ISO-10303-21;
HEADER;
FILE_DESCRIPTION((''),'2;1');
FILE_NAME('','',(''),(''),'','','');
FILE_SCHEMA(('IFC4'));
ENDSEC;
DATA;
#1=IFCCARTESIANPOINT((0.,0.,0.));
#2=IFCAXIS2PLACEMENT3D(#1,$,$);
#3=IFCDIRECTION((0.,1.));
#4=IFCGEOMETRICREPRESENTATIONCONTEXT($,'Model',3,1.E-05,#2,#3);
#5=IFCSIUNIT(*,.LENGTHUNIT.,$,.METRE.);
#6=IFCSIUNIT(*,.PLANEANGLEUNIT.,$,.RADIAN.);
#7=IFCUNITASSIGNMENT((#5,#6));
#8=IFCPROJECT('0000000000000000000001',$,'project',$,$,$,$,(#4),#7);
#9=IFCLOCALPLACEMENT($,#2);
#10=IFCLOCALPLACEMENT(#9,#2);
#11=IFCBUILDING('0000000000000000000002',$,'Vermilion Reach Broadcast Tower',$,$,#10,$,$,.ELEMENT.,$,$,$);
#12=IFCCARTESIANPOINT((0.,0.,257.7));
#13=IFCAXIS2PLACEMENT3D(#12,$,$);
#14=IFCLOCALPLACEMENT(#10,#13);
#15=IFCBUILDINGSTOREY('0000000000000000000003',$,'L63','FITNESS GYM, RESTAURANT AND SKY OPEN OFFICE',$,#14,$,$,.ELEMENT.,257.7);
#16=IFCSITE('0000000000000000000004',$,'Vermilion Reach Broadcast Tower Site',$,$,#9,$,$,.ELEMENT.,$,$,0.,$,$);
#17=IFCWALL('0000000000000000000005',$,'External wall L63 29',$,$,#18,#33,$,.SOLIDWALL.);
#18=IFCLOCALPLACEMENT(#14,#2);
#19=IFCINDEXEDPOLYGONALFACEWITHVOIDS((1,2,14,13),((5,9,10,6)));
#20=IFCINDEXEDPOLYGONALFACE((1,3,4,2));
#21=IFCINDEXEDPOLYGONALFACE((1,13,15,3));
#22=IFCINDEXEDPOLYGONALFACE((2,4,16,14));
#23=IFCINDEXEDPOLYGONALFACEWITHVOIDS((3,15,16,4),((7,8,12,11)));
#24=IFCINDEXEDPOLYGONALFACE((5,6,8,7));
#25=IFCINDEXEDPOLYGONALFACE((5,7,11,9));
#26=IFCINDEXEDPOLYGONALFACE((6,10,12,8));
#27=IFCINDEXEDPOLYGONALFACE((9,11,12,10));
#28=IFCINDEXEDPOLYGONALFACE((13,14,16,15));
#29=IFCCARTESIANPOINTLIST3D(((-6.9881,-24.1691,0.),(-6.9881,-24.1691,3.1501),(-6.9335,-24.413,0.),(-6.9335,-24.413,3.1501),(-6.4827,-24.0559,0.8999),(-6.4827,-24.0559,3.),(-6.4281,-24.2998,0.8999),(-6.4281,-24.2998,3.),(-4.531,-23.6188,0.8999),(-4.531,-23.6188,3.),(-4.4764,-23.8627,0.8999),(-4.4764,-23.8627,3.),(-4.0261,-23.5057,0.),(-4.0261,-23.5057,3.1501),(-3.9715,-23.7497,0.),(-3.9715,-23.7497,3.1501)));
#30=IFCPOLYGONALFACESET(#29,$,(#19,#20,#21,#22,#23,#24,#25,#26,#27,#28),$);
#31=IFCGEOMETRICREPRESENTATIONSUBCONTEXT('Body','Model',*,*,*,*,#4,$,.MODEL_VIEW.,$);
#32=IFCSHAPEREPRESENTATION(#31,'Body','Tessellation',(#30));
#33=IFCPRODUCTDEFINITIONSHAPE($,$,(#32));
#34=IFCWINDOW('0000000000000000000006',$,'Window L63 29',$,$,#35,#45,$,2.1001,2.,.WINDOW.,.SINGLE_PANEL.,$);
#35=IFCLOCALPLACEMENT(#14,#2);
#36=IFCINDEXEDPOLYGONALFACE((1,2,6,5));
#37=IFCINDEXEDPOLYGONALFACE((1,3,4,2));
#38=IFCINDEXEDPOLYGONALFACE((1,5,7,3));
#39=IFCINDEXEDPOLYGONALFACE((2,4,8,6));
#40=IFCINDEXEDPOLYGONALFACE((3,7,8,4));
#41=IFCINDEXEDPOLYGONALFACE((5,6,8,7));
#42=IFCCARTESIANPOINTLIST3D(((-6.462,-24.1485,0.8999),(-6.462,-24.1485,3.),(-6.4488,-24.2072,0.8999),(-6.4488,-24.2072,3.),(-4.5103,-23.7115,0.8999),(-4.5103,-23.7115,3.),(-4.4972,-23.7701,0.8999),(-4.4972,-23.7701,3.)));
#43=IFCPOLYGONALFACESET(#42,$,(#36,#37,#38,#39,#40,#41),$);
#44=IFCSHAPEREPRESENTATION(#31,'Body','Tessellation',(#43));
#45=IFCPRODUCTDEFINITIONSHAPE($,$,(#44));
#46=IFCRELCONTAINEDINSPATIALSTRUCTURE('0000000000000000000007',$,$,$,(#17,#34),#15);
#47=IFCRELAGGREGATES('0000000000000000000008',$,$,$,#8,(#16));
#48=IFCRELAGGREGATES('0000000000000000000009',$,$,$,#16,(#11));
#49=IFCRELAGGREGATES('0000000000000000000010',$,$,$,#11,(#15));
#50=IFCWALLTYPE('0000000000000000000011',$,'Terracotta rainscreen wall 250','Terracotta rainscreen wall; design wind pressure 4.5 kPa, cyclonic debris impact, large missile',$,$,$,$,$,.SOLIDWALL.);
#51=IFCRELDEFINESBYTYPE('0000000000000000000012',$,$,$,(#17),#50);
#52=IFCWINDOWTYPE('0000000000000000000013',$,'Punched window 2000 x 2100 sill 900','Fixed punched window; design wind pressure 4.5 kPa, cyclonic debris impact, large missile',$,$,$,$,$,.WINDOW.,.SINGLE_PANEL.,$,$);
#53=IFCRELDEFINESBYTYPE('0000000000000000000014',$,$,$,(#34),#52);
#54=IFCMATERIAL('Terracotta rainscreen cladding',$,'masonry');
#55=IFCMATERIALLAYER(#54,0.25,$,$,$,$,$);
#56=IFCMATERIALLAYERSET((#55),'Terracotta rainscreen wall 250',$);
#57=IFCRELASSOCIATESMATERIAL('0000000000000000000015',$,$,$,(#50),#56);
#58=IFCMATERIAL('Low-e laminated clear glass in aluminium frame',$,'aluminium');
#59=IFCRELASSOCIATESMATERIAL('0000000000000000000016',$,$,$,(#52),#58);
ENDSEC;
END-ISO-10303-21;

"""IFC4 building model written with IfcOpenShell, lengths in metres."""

from ifc_helpers import new_model, si_unit, direction, frame, frame_2d, origin, place, context, subcontext, project, spatial, rectangle, extrude, material, layer, layer_set, type_object, element, fill, save


model = new_model("IFC4")

# Units and contexts
model_context = context("Model", 3, precision=1e-05, world=origin(), true_north=direction((0.0, 1.0)))
body_context = subcontext(model_context, "Body", "Model", "MODEL_VIEW")
ifc_project = project(units=[si_unit("LENGTHUNIT", "METRE"), si_unit("PLANEANGLEUNIT", "RADIAN")], contexts=[model_context])

# Site, building, storey
site_placement = place(None, origin())
site = spatial("IfcSite", under=ifc_project, at=site_placement, Name="Vermilion Reach Broadcast Tower Site", CompositionType="ELEMENT", RefElevation=0.0)
building_placement = place(site_placement, origin())
building = spatial("IfcBuilding", under=site, at=building_placement, Name="Vermilion Reach Broadcast Tower", CompositionType="ELEMENT")
storey_placement = place(building_placement, frame((0.0, 0.0, 257.7)))
storey = spatial("IfcBuildingStorey", under=building, at=storey_placement, Name="L63", Description="FITNESS GYM, RESTAURANT AND SKY OPEN OFFICE", CompositionType="ELEMENT", Elevation=257.7)

# Shared definitions
ifc_material_1 = material(Name="Terracotta rainscreen cladding", Category="masonry")
ifc_layer_1 = layer(ifc_material_1, 0.25)
ifc_layer_set_1 = layer_set([ifc_layer_1], Name="Terracotta rainscreen wall 250")
wall_type = type_object("IfcWallType", Name="Terracotta rainscreen wall 250", Description="Terracotta rainscreen wall; design wind pressure 4.5 kPa, cyclonic debris impact, large missile", PredefinedType="SOLIDWALL", material=ifc_layer_set_1)

# Shared definitions
ifc_material_2 = material(Name="Low-e laminated clear glass in aluminium frame", Category="aluminium")
window_type = type_object("IfcWindowType", Name="Punched window 2000 x 2100 sill 900", Description="Fixed punched window; design wind pressure 4.5 kPa, cyclonic debris impact, large missile", PartitioningType="SINGLE_PANEL", PredefinedType="WINDOW", material=ifc_material_2)

# Wall, opening, window
wall_1_placement = place(storey_placement, frame((-6.9607, -24.291, 0.0), z_axis=(0.0, 0.0, 1.0), x_axis=(0.975828, 0.21854, 0.0)))
wall_1 = element("IfcWall", 1, at=wall_1_placement, inside=storey, type_object=wall_type, Name="External wall L63 29", PredefinedType="SOLIDWALL", context=body_context, shape_type="SweptSolid", body=[
    extrude(rectangle(XDim=3.0354, YDim=0.25, at=frame_2d((1.5176, 0.0))), origin(), (0.0, 0.0, 1.0), 3.1501),
])
opening_1_placement = place(wall_1_placement, frame((0.5178, 0.0, 0.8999)))
opening_1 = element("IfcOpeningElement", 2, at=opening_1_placement, cuts=wall_1, PredefinedType="OPENING", context=body_context, shape_type="SweptSolid", body=[
    extrude(rectangle(XDim=2.0, YDim=2.1001, at=frame_2d((1.0, 1.05))), frame((0.0, 0.135, 0.0), z_axis=(0.0, -1.0, 0.0), x_axis=(1.0, 0.0, 0.0)), (0.0, 0.0, 1.0), 0.27),
])
window_1_placement = place(opening_1_placement, origin())
window_1 = element("IfcWindow", 3, at=window_1_placement, inside=storey, type_object=window_type, Name="Window L63 29", OverallHeight=2.1001, OverallWidth=2.0, PartitioningType="SINGLE_PANEL", PredefinedType="WINDOW", context=body_context, shape_type="SweptSolid", body=[
    extrude(rectangle(XDim=2.0, YDim=2.1001, at=frame_2d((1.0, 1.05))), frame((0.0, 0.03, 0.0), z_axis=(0.0, -1.0, 0.0), x_axis=(1.0, 0.0, 0.0)), (0.0, 0.0, 1.0), 0.0601),
])
fill(opening_1, window_1)

save(model, "model.ifc")
